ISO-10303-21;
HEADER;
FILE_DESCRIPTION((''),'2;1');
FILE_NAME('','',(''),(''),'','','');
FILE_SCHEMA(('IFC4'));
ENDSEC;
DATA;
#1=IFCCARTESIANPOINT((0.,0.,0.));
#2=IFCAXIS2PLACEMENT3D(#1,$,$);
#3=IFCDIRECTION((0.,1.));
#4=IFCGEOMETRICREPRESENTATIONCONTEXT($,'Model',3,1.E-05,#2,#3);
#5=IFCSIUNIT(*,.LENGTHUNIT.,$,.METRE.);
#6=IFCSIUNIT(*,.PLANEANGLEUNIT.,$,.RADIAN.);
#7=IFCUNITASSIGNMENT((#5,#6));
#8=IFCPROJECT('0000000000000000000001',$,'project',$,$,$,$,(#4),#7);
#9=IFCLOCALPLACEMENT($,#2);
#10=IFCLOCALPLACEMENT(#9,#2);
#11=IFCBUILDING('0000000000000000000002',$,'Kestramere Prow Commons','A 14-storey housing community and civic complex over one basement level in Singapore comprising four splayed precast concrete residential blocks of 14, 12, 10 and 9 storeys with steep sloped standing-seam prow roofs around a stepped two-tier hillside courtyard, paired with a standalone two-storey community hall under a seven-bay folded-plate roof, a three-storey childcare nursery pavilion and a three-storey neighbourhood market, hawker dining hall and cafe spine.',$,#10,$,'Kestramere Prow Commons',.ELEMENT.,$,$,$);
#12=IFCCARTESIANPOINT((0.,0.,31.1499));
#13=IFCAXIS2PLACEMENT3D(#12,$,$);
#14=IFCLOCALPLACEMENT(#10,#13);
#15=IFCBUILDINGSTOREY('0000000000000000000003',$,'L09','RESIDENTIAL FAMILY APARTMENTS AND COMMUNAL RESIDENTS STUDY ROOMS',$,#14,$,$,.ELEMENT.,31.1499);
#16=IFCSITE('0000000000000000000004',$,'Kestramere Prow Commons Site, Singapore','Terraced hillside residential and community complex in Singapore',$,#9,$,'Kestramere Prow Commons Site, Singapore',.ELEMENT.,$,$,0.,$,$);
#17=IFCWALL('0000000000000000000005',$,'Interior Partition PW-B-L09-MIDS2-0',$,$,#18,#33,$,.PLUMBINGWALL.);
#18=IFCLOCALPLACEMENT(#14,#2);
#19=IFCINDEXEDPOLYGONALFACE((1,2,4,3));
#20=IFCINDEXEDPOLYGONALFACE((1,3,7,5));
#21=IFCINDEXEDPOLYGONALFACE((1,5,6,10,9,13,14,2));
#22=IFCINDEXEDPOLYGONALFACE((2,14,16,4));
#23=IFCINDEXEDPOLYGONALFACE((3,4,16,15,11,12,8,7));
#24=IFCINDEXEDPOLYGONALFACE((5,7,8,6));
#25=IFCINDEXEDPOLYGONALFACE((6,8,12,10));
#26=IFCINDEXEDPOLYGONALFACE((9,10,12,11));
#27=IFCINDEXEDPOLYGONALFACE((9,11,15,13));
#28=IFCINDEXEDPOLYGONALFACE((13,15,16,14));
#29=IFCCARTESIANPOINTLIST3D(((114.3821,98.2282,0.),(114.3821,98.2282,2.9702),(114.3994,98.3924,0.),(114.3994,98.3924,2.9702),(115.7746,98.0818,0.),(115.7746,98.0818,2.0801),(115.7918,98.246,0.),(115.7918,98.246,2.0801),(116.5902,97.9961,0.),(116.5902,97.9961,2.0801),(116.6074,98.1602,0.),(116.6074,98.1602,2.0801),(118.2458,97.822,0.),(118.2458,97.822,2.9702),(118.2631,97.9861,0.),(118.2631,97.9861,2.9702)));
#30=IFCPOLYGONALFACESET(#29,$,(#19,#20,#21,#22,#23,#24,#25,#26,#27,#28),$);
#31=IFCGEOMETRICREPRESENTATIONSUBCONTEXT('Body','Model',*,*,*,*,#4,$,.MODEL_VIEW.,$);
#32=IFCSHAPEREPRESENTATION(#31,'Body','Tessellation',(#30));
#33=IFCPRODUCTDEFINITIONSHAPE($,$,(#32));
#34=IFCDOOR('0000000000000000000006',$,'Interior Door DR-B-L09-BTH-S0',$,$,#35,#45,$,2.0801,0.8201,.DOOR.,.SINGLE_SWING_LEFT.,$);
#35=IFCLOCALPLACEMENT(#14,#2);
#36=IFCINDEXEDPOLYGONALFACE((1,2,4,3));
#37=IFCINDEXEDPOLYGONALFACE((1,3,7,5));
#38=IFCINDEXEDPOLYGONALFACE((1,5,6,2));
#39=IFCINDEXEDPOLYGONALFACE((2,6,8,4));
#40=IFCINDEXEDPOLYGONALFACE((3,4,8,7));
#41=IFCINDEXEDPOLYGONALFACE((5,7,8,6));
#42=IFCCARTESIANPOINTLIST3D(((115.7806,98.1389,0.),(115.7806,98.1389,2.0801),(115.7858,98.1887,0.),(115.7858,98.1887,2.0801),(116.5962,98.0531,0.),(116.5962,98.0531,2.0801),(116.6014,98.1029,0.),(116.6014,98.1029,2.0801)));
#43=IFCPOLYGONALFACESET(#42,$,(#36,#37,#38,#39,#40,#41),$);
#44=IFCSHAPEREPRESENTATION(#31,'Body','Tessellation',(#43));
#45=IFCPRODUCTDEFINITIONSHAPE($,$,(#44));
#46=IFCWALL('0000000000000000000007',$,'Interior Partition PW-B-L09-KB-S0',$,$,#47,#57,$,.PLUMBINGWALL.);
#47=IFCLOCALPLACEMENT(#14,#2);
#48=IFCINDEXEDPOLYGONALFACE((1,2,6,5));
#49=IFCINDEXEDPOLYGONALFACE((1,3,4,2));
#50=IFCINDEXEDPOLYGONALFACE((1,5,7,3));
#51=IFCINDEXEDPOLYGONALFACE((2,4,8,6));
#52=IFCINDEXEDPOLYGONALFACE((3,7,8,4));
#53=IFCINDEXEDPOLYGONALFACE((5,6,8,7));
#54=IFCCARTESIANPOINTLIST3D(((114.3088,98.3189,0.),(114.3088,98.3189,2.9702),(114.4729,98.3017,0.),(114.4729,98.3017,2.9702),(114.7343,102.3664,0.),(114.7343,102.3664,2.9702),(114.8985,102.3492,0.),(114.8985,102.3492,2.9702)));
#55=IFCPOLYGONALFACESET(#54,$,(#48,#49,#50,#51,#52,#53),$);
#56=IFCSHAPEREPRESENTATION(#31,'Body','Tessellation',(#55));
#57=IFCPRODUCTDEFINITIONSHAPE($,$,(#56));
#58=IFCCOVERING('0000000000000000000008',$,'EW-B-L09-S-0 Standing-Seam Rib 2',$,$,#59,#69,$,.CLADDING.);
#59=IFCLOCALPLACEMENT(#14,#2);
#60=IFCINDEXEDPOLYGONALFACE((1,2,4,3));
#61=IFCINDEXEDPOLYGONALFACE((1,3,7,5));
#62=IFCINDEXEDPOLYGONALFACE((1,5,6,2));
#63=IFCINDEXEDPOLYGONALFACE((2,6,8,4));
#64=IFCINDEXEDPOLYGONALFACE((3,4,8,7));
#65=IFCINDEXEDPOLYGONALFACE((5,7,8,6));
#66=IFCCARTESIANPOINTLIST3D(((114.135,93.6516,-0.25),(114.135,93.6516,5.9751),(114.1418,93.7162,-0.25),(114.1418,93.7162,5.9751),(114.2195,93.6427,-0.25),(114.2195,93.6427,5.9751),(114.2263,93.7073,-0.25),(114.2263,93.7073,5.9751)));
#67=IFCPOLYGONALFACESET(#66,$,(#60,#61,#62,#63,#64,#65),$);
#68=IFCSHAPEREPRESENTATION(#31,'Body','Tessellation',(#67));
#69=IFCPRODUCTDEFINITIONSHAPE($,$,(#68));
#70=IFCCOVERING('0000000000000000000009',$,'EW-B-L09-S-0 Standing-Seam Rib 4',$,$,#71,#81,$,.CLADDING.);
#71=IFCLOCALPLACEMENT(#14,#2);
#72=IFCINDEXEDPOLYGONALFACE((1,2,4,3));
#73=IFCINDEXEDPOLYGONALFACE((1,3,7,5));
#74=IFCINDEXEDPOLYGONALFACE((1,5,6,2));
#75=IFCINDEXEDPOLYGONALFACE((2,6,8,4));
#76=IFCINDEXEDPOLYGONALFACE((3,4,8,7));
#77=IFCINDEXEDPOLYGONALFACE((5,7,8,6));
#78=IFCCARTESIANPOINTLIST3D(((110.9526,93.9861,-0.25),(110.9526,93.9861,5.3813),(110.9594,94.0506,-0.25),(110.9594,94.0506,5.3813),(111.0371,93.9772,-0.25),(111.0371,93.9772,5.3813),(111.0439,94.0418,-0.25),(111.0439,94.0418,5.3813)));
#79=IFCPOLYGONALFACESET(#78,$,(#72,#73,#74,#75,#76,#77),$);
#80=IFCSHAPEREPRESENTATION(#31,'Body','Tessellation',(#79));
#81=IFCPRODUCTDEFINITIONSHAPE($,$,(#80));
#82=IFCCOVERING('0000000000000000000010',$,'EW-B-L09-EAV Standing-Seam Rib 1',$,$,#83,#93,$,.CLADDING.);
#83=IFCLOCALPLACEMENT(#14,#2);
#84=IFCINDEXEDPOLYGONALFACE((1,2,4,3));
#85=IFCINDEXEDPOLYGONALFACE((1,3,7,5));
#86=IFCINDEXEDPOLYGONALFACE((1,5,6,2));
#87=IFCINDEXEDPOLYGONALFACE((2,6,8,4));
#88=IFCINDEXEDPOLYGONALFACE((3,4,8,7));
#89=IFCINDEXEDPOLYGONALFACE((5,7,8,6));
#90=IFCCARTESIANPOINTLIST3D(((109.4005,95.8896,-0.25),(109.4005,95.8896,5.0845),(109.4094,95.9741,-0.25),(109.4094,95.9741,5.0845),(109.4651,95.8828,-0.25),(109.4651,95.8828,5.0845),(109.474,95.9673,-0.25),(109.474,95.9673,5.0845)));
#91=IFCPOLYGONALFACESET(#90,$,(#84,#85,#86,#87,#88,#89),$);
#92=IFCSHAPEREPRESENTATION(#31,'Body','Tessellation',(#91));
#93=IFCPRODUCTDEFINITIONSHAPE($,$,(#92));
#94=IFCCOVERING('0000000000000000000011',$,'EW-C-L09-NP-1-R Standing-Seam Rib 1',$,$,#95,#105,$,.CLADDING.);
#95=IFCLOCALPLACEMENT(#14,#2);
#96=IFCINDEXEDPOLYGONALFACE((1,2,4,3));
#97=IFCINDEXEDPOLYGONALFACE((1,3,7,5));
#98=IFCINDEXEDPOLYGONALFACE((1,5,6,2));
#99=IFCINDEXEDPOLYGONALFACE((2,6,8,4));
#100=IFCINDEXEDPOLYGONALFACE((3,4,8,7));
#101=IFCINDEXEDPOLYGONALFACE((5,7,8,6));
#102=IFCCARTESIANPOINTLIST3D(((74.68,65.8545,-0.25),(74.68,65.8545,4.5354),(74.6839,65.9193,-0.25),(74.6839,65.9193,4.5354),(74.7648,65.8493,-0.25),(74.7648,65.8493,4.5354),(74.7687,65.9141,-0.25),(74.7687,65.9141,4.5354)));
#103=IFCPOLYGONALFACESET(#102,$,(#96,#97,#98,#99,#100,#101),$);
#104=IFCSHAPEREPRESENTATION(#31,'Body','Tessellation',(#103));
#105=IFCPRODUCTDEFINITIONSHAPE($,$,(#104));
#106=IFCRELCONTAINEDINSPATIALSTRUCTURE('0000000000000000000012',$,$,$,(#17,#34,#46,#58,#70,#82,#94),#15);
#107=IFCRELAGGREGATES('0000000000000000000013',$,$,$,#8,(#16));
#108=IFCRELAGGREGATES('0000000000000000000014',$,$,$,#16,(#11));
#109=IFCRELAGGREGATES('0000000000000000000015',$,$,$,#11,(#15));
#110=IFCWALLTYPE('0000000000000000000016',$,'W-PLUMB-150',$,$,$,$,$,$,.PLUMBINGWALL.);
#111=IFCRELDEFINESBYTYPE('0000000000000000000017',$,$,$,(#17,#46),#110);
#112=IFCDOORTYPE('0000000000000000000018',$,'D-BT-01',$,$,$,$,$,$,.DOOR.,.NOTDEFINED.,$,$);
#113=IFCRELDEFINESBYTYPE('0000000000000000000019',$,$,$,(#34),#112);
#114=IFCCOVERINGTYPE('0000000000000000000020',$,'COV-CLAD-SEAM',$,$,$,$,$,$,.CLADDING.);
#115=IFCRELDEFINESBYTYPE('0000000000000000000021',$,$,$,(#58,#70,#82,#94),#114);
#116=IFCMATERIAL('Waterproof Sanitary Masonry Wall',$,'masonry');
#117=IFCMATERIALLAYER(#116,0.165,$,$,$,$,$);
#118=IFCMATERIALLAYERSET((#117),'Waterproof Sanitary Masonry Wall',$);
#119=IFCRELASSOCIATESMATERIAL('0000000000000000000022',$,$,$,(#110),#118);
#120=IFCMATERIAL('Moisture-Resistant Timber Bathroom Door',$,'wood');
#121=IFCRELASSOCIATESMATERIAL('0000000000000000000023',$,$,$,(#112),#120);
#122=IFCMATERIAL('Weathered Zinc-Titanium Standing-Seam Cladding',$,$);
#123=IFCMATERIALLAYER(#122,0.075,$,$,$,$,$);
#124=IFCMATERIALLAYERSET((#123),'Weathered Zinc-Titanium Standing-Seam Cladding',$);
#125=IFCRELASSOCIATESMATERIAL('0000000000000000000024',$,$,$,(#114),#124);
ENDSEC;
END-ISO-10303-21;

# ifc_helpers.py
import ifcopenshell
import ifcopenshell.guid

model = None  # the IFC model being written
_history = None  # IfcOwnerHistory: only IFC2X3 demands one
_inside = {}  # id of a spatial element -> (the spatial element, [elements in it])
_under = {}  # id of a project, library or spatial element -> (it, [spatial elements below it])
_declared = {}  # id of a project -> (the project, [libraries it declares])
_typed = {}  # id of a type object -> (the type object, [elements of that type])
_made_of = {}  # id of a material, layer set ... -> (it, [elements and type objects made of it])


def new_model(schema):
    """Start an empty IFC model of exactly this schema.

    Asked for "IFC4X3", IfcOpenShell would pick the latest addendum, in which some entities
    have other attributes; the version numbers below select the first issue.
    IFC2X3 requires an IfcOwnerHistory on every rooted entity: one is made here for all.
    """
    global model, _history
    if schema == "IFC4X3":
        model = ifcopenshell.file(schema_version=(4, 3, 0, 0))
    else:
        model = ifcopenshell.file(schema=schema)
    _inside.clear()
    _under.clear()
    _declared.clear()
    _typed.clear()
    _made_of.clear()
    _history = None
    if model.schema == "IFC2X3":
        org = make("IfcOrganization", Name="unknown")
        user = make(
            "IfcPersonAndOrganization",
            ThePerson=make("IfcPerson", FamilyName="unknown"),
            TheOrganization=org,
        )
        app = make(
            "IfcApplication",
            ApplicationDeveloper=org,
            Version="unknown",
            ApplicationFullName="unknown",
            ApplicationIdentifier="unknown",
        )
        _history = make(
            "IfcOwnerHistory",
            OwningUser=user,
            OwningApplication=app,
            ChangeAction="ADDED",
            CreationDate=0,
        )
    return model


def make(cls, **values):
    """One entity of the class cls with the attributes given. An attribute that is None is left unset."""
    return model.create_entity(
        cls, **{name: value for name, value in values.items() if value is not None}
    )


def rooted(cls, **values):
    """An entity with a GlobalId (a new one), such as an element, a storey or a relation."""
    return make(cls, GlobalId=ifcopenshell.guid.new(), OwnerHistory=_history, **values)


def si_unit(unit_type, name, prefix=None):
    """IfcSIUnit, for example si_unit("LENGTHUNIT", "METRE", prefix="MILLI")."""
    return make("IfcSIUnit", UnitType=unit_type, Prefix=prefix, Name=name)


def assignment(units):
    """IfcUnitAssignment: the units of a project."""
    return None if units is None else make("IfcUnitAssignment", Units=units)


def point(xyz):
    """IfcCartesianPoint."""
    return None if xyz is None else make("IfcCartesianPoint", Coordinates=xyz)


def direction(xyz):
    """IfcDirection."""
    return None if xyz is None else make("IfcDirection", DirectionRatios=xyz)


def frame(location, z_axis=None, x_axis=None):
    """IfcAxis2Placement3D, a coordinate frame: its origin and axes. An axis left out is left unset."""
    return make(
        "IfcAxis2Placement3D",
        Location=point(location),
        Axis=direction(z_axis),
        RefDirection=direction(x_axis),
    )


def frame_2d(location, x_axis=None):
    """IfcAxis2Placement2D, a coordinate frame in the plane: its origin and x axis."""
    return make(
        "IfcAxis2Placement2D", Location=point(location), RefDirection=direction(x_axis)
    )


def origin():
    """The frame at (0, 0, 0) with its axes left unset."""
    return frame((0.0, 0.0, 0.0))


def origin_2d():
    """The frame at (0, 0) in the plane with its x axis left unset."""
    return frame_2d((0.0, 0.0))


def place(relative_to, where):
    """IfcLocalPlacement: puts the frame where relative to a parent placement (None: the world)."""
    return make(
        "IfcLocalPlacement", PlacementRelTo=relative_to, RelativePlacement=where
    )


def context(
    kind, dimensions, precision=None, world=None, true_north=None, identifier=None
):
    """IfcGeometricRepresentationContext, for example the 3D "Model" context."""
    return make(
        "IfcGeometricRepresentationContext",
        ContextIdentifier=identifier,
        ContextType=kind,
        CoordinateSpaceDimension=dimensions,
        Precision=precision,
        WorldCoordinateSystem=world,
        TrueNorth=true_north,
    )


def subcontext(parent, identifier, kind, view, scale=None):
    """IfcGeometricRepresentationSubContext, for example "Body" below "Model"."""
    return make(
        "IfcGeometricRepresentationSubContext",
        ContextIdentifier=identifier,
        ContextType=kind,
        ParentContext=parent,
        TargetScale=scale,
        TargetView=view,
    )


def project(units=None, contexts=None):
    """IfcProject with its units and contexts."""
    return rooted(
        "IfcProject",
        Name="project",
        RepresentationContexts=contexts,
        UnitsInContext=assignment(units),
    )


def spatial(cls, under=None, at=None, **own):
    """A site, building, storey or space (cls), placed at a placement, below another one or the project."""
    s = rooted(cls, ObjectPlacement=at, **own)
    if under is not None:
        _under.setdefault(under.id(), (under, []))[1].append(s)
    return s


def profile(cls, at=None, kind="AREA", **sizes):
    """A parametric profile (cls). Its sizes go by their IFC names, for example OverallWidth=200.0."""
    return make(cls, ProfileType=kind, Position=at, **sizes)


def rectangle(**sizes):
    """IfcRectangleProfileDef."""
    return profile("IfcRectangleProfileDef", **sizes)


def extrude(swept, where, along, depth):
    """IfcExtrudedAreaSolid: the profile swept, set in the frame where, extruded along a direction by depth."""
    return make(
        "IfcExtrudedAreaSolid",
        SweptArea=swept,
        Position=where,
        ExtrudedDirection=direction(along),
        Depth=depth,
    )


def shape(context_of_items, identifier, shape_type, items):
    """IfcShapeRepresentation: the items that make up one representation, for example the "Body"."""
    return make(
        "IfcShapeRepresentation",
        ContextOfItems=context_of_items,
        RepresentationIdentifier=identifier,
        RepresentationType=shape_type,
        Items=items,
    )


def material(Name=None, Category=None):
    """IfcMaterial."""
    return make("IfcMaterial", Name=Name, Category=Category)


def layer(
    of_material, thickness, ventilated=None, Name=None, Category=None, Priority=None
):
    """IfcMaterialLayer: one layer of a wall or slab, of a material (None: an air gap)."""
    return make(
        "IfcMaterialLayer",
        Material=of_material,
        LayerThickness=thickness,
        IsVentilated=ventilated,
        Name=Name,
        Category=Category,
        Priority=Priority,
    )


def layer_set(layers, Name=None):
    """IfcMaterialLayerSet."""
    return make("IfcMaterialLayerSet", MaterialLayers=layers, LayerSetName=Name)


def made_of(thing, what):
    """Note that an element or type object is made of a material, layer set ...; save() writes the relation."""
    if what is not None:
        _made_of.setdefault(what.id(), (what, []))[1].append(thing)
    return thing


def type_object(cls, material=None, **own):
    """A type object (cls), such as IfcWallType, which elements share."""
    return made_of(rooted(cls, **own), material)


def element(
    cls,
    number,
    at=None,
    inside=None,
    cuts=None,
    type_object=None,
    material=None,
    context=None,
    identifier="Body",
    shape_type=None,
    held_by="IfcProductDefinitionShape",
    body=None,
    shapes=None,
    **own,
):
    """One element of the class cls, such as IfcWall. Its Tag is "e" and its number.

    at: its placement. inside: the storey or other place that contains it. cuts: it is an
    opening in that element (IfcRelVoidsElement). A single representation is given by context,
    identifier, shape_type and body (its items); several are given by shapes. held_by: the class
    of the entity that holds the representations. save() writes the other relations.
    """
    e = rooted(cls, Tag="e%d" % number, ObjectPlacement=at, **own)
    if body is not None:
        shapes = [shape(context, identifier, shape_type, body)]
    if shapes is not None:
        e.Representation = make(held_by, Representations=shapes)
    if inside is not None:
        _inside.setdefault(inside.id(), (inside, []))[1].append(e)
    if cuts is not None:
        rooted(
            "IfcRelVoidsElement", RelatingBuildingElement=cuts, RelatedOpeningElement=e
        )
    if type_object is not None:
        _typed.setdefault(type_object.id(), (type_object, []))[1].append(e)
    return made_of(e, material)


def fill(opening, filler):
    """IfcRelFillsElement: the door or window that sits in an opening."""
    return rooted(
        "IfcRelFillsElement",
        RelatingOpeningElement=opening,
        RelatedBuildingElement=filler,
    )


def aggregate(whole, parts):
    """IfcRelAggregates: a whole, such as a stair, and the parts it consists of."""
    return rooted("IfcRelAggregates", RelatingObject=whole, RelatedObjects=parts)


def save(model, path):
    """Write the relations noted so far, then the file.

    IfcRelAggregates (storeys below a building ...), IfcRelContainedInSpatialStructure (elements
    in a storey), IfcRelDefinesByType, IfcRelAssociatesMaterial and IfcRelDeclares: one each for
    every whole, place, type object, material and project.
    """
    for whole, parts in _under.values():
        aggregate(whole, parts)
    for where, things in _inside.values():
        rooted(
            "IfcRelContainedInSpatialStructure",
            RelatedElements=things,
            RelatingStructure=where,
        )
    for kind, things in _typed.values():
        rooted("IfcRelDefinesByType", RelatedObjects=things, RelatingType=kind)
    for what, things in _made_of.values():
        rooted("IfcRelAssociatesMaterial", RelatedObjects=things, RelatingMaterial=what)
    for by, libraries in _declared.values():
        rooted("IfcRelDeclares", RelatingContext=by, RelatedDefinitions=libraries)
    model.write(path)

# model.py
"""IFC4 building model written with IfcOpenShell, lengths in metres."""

from ifc_helpers import new_model, si_unit, direction, frame, frame_2d, origin, origin_2d, place, context, subcontext, project, spatial, rectangle, extrude, material, layer, layer_set, type_object, element, fill, save


model = new_model("IFC4")

# Units and contexts
model_context = context("Model", 3, precision=1e-05, world=origin(), true_north=direction((0.0, 1.0)))
body_context = subcontext(model_context, "Body", "Model", "MODEL_VIEW")
ifc_project = project(units=[si_unit("LENGTHUNIT", "METRE"), si_unit("PLANEANGLEUNIT", "RADIAN")], contexts=[model_context])

# Site, building, storey
site_placement = place(None, origin())
site = spatial("IfcSite", under=ifc_project, at=site_placement, Name="Kestramere Prow Commons Site, Singapore", Description="Terraced hillside residential and community complex in Singapore", LongName="Kestramere Prow Commons Site, Singapore", CompositionType="ELEMENT", RefElevation=0.0)
building_placement = place(site_placement, origin())
building = spatial("IfcBuilding", under=site, at=building_placement, Name="Kestramere Prow Commons", Description="A 14-storey housing community and civic complex over one basement level in Singapore comprising four splayed precast concrete residential blocks of 14, 12, 10 and 9 storeys with steep sloped standing-seam prow roofs around a stepped two-tier hillside courtyard, paired with a standalone two-storey community hall under a seven-bay folded-plate roof, a three-storey childcare nursery pavilion and a three-storey neighbourhood market, hawker dining hall and cafe spine.", LongName="Kestramere Prow Commons", CompositionType="ELEMENT")
storey_placement = place(building_placement, frame((0.0, 0.0, 31.1499)))
storey = spatial("IfcBuildingStorey", under=building, at=storey_placement, Name="L09", Description="RESIDENTIAL FAMILY APARTMENTS AND COMMUNAL RESIDENTS STUDY ROOMS", CompositionType="ELEMENT", Elevation=31.1499)

# Wall, opening, door
ifc_material_1 = material(Name="Waterproof Sanitary Masonry Wall", Category="masonry")
ifc_layer_1 = layer(ifc_material_1, 0.165)
ifc_layer_set_1 = layer_set([ifc_layer_1], Name="Waterproof Sanitary Masonry Wall")
wall_type_1 = type_object("IfcWallType", Name="W-PLUMB-150", PredefinedType="PLUMBINGWALL", material=ifc_layer_set_1)
wall_1_placement = place(storey_placement, frame((114.3909, 98.3103, 0.0), z_axis=(0.0, 0.0, 1.0), x_axis=(0.994518, -0.104567, 0.0)))
wall_1 = element("IfcWall", 1, at=wall_1_placement, inside=storey, type_object=wall_type_1, Name="Interior Partition PW-B-L09-MIDS2-0", PredefinedType="PLUMBINGWALL", context=body_context, shape_type="SweptSolid", body=[
    extrude(rectangle(XDim=3.885, YDim=0.165, at=frame_2d((1.9424, 0.0))), origin(), (0.0, 0.0, 1.0), 2.9702),
])
opening_1_placement = place(wall_1_placement, frame((1.3999, 0.0, 0.0)))
opening_1 = element("IfcOpeningElement", 2, at=opening_1_placement, cuts=wall_1, PredefinedType="OPENING", context=body_context, shape_type="SweptSolid", body=[
    extrude(rectangle(XDim=0.8201, YDim=2.0801, at=frame_2d((0.4102, 1.04))), frame((0.0, 0.0974, 0.0), z_axis=(0.0, -1.0, 0.0), x_axis=(1.0, 0.0, 0.0)), (0.0, 0.0, 1.0), 0.1951),
])
ifc_material_2 = material(Name="Moisture-Resistant Timber Bathroom Door", Category="wood")
door_type_1 = type_object("IfcDoorType", Name="D-BT-01", OperationType="NOTDEFINED", PredefinedType="DOOR", material=ifc_material_2)
door_1_placement = place(opening_1_placement, origin())
door_1 = element("IfcDoor", 3, at=door_1_placement, inside=storey, type_object=door_type_1, Name="Interior Door DR-B-L09-BTH-S0", OperationType="SINGLE_SWING_LEFT", OverallHeight=2.0801, OverallWidth=0.8201, PredefinedType="DOOR", context=body_context, shape_type="SweptSolid", body=[
    extrude(rectangle(XDim=0.8201, YDim=2.0801, at=frame_2d((0.4102, 1.04))), frame((0.0, 0.0249, 0.0), z_axis=(0.0, -1.0, 0.0), x_axis=(1.0, 0.0, 0.0)), (0.0, 0.0, 1.0), 0.05),
])
fill(opening_1, door_1)

# Wall
wall_2_placement = place(storey_placement, frame((114.3909, 98.3103, 0.0), z_axis=(0.0, 0.0, 1.0), x_axis=(0.104557, 0.994519, 0.0)))
element("IfcWall", 4, at=wall_2_placement, inside=storey, type_object=wall_type_1, Name="Interior Partition PW-B-L09-KB-S0", PredefinedType="PLUMBINGWALL", context=body_context, shape_type="SweptSolid", body=[
    extrude(rectangle(XDim=4.0698, YDim=0.165, at=frame_2d((2.0349, 0.0))), origin(), (0.0, 0.0, 1.0), 2.9702),
])

# Coverings
ifc_material_3 = material(Name="Weathered Zinc-Titanium Standing-Seam Cladding")
ifc_layer_2 = layer(ifc_material_3, 0.075)
ifc_layer_set_2 = layer_set([ifc_layer_2], Name="Weathered Zinc-Titanium Standing-Seam Cladding")
covering_type = type_object("IfcCoveringType", Name="COV-CLAD-SEAM", PredefinedType="CLADDING", material=ifc_layer_set_2)
covering_1_placement = place(storey_placement, frame((114.1807, 93.6794, -0.25), z_axis=(0.0, 0.0, 1.0), x_axis=(-0.994522, 0.104528, 0.0)))
element("IfcCovering", 5, at=covering_1_placement, inside=storey, type_object=covering_type, Name="EW-B-L09-S-0 Standing-Seam Rib 2", PredefinedType="CLADDING", context=body_context, shape_type="SweptSolid", body=[
    extrude(rectangle(XDim=0.085, YDim=0.0649, at=origin_2d()), origin(), (0.0, 0.0, 1.0), 6.2251),
])
covering_2_placement = place(storey_placement, frame((110.9983, 94.0139, -0.25), z_axis=(0.0, 0.0, 1.0), x_axis=(-0.994522, 0.104528, 0.0)))
element("IfcCovering", 6, at=covering_2_placement, inside=storey, type_object=covering_type, Name="EW-B-L09-S-0 Standing-Seam Rib 4", PredefinedType="CLADDING", context=body_context, shape_type="SweptSolid", body=[
    extrude(rectangle(XDim=0.085, YDim=0.0649, at=origin_2d()), origin(), (0.0, 0.0, 1.0), 5.6313),
])
covering_3_placement = place(storey_placement, frame((109.4373, 95.9285, -0.25), z_axis=(0.0, 0.0, 1.0), x_axis=(0.104528, 0.994522, 0.0)))
element("IfcCovering", 7, at=covering_3_placement, inside=storey, type_object=covering_type, Name="EW-B-L09-EAV Standing-Seam Rib 1", PredefinedType="CLADDING", context=body_context, shape_type="SweptSolid", body=[
    extrude(rectangle(XDim=0.085, YDim=0.0649, at=origin_2d()), origin(), (0.0, 0.0, 1.0), 5.3345),
])
covering_4_placement = place(storey_placement, frame((74.7244, 65.8843, -0.25), z_axis=(0.0, 0.0, 1.0), x_axis=(0.998135, -0.061049, 0.0)))
element("IfcCovering", 8, at=covering_4_placement, inside=storey, type_object=covering_type, Name="EW-C-L09-NP-1-R Standing-Seam Rib 1", PredefinedType="CLADDING", context=body_context, shape_type="SweptSolid", body=[
    extrude(rectangle(XDim=0.085, YDim=0.0649, at=origin_2d()), origin(), (0.0, 0.0, 1.0), 4.7854),
])

save(model, "model.ifc")
